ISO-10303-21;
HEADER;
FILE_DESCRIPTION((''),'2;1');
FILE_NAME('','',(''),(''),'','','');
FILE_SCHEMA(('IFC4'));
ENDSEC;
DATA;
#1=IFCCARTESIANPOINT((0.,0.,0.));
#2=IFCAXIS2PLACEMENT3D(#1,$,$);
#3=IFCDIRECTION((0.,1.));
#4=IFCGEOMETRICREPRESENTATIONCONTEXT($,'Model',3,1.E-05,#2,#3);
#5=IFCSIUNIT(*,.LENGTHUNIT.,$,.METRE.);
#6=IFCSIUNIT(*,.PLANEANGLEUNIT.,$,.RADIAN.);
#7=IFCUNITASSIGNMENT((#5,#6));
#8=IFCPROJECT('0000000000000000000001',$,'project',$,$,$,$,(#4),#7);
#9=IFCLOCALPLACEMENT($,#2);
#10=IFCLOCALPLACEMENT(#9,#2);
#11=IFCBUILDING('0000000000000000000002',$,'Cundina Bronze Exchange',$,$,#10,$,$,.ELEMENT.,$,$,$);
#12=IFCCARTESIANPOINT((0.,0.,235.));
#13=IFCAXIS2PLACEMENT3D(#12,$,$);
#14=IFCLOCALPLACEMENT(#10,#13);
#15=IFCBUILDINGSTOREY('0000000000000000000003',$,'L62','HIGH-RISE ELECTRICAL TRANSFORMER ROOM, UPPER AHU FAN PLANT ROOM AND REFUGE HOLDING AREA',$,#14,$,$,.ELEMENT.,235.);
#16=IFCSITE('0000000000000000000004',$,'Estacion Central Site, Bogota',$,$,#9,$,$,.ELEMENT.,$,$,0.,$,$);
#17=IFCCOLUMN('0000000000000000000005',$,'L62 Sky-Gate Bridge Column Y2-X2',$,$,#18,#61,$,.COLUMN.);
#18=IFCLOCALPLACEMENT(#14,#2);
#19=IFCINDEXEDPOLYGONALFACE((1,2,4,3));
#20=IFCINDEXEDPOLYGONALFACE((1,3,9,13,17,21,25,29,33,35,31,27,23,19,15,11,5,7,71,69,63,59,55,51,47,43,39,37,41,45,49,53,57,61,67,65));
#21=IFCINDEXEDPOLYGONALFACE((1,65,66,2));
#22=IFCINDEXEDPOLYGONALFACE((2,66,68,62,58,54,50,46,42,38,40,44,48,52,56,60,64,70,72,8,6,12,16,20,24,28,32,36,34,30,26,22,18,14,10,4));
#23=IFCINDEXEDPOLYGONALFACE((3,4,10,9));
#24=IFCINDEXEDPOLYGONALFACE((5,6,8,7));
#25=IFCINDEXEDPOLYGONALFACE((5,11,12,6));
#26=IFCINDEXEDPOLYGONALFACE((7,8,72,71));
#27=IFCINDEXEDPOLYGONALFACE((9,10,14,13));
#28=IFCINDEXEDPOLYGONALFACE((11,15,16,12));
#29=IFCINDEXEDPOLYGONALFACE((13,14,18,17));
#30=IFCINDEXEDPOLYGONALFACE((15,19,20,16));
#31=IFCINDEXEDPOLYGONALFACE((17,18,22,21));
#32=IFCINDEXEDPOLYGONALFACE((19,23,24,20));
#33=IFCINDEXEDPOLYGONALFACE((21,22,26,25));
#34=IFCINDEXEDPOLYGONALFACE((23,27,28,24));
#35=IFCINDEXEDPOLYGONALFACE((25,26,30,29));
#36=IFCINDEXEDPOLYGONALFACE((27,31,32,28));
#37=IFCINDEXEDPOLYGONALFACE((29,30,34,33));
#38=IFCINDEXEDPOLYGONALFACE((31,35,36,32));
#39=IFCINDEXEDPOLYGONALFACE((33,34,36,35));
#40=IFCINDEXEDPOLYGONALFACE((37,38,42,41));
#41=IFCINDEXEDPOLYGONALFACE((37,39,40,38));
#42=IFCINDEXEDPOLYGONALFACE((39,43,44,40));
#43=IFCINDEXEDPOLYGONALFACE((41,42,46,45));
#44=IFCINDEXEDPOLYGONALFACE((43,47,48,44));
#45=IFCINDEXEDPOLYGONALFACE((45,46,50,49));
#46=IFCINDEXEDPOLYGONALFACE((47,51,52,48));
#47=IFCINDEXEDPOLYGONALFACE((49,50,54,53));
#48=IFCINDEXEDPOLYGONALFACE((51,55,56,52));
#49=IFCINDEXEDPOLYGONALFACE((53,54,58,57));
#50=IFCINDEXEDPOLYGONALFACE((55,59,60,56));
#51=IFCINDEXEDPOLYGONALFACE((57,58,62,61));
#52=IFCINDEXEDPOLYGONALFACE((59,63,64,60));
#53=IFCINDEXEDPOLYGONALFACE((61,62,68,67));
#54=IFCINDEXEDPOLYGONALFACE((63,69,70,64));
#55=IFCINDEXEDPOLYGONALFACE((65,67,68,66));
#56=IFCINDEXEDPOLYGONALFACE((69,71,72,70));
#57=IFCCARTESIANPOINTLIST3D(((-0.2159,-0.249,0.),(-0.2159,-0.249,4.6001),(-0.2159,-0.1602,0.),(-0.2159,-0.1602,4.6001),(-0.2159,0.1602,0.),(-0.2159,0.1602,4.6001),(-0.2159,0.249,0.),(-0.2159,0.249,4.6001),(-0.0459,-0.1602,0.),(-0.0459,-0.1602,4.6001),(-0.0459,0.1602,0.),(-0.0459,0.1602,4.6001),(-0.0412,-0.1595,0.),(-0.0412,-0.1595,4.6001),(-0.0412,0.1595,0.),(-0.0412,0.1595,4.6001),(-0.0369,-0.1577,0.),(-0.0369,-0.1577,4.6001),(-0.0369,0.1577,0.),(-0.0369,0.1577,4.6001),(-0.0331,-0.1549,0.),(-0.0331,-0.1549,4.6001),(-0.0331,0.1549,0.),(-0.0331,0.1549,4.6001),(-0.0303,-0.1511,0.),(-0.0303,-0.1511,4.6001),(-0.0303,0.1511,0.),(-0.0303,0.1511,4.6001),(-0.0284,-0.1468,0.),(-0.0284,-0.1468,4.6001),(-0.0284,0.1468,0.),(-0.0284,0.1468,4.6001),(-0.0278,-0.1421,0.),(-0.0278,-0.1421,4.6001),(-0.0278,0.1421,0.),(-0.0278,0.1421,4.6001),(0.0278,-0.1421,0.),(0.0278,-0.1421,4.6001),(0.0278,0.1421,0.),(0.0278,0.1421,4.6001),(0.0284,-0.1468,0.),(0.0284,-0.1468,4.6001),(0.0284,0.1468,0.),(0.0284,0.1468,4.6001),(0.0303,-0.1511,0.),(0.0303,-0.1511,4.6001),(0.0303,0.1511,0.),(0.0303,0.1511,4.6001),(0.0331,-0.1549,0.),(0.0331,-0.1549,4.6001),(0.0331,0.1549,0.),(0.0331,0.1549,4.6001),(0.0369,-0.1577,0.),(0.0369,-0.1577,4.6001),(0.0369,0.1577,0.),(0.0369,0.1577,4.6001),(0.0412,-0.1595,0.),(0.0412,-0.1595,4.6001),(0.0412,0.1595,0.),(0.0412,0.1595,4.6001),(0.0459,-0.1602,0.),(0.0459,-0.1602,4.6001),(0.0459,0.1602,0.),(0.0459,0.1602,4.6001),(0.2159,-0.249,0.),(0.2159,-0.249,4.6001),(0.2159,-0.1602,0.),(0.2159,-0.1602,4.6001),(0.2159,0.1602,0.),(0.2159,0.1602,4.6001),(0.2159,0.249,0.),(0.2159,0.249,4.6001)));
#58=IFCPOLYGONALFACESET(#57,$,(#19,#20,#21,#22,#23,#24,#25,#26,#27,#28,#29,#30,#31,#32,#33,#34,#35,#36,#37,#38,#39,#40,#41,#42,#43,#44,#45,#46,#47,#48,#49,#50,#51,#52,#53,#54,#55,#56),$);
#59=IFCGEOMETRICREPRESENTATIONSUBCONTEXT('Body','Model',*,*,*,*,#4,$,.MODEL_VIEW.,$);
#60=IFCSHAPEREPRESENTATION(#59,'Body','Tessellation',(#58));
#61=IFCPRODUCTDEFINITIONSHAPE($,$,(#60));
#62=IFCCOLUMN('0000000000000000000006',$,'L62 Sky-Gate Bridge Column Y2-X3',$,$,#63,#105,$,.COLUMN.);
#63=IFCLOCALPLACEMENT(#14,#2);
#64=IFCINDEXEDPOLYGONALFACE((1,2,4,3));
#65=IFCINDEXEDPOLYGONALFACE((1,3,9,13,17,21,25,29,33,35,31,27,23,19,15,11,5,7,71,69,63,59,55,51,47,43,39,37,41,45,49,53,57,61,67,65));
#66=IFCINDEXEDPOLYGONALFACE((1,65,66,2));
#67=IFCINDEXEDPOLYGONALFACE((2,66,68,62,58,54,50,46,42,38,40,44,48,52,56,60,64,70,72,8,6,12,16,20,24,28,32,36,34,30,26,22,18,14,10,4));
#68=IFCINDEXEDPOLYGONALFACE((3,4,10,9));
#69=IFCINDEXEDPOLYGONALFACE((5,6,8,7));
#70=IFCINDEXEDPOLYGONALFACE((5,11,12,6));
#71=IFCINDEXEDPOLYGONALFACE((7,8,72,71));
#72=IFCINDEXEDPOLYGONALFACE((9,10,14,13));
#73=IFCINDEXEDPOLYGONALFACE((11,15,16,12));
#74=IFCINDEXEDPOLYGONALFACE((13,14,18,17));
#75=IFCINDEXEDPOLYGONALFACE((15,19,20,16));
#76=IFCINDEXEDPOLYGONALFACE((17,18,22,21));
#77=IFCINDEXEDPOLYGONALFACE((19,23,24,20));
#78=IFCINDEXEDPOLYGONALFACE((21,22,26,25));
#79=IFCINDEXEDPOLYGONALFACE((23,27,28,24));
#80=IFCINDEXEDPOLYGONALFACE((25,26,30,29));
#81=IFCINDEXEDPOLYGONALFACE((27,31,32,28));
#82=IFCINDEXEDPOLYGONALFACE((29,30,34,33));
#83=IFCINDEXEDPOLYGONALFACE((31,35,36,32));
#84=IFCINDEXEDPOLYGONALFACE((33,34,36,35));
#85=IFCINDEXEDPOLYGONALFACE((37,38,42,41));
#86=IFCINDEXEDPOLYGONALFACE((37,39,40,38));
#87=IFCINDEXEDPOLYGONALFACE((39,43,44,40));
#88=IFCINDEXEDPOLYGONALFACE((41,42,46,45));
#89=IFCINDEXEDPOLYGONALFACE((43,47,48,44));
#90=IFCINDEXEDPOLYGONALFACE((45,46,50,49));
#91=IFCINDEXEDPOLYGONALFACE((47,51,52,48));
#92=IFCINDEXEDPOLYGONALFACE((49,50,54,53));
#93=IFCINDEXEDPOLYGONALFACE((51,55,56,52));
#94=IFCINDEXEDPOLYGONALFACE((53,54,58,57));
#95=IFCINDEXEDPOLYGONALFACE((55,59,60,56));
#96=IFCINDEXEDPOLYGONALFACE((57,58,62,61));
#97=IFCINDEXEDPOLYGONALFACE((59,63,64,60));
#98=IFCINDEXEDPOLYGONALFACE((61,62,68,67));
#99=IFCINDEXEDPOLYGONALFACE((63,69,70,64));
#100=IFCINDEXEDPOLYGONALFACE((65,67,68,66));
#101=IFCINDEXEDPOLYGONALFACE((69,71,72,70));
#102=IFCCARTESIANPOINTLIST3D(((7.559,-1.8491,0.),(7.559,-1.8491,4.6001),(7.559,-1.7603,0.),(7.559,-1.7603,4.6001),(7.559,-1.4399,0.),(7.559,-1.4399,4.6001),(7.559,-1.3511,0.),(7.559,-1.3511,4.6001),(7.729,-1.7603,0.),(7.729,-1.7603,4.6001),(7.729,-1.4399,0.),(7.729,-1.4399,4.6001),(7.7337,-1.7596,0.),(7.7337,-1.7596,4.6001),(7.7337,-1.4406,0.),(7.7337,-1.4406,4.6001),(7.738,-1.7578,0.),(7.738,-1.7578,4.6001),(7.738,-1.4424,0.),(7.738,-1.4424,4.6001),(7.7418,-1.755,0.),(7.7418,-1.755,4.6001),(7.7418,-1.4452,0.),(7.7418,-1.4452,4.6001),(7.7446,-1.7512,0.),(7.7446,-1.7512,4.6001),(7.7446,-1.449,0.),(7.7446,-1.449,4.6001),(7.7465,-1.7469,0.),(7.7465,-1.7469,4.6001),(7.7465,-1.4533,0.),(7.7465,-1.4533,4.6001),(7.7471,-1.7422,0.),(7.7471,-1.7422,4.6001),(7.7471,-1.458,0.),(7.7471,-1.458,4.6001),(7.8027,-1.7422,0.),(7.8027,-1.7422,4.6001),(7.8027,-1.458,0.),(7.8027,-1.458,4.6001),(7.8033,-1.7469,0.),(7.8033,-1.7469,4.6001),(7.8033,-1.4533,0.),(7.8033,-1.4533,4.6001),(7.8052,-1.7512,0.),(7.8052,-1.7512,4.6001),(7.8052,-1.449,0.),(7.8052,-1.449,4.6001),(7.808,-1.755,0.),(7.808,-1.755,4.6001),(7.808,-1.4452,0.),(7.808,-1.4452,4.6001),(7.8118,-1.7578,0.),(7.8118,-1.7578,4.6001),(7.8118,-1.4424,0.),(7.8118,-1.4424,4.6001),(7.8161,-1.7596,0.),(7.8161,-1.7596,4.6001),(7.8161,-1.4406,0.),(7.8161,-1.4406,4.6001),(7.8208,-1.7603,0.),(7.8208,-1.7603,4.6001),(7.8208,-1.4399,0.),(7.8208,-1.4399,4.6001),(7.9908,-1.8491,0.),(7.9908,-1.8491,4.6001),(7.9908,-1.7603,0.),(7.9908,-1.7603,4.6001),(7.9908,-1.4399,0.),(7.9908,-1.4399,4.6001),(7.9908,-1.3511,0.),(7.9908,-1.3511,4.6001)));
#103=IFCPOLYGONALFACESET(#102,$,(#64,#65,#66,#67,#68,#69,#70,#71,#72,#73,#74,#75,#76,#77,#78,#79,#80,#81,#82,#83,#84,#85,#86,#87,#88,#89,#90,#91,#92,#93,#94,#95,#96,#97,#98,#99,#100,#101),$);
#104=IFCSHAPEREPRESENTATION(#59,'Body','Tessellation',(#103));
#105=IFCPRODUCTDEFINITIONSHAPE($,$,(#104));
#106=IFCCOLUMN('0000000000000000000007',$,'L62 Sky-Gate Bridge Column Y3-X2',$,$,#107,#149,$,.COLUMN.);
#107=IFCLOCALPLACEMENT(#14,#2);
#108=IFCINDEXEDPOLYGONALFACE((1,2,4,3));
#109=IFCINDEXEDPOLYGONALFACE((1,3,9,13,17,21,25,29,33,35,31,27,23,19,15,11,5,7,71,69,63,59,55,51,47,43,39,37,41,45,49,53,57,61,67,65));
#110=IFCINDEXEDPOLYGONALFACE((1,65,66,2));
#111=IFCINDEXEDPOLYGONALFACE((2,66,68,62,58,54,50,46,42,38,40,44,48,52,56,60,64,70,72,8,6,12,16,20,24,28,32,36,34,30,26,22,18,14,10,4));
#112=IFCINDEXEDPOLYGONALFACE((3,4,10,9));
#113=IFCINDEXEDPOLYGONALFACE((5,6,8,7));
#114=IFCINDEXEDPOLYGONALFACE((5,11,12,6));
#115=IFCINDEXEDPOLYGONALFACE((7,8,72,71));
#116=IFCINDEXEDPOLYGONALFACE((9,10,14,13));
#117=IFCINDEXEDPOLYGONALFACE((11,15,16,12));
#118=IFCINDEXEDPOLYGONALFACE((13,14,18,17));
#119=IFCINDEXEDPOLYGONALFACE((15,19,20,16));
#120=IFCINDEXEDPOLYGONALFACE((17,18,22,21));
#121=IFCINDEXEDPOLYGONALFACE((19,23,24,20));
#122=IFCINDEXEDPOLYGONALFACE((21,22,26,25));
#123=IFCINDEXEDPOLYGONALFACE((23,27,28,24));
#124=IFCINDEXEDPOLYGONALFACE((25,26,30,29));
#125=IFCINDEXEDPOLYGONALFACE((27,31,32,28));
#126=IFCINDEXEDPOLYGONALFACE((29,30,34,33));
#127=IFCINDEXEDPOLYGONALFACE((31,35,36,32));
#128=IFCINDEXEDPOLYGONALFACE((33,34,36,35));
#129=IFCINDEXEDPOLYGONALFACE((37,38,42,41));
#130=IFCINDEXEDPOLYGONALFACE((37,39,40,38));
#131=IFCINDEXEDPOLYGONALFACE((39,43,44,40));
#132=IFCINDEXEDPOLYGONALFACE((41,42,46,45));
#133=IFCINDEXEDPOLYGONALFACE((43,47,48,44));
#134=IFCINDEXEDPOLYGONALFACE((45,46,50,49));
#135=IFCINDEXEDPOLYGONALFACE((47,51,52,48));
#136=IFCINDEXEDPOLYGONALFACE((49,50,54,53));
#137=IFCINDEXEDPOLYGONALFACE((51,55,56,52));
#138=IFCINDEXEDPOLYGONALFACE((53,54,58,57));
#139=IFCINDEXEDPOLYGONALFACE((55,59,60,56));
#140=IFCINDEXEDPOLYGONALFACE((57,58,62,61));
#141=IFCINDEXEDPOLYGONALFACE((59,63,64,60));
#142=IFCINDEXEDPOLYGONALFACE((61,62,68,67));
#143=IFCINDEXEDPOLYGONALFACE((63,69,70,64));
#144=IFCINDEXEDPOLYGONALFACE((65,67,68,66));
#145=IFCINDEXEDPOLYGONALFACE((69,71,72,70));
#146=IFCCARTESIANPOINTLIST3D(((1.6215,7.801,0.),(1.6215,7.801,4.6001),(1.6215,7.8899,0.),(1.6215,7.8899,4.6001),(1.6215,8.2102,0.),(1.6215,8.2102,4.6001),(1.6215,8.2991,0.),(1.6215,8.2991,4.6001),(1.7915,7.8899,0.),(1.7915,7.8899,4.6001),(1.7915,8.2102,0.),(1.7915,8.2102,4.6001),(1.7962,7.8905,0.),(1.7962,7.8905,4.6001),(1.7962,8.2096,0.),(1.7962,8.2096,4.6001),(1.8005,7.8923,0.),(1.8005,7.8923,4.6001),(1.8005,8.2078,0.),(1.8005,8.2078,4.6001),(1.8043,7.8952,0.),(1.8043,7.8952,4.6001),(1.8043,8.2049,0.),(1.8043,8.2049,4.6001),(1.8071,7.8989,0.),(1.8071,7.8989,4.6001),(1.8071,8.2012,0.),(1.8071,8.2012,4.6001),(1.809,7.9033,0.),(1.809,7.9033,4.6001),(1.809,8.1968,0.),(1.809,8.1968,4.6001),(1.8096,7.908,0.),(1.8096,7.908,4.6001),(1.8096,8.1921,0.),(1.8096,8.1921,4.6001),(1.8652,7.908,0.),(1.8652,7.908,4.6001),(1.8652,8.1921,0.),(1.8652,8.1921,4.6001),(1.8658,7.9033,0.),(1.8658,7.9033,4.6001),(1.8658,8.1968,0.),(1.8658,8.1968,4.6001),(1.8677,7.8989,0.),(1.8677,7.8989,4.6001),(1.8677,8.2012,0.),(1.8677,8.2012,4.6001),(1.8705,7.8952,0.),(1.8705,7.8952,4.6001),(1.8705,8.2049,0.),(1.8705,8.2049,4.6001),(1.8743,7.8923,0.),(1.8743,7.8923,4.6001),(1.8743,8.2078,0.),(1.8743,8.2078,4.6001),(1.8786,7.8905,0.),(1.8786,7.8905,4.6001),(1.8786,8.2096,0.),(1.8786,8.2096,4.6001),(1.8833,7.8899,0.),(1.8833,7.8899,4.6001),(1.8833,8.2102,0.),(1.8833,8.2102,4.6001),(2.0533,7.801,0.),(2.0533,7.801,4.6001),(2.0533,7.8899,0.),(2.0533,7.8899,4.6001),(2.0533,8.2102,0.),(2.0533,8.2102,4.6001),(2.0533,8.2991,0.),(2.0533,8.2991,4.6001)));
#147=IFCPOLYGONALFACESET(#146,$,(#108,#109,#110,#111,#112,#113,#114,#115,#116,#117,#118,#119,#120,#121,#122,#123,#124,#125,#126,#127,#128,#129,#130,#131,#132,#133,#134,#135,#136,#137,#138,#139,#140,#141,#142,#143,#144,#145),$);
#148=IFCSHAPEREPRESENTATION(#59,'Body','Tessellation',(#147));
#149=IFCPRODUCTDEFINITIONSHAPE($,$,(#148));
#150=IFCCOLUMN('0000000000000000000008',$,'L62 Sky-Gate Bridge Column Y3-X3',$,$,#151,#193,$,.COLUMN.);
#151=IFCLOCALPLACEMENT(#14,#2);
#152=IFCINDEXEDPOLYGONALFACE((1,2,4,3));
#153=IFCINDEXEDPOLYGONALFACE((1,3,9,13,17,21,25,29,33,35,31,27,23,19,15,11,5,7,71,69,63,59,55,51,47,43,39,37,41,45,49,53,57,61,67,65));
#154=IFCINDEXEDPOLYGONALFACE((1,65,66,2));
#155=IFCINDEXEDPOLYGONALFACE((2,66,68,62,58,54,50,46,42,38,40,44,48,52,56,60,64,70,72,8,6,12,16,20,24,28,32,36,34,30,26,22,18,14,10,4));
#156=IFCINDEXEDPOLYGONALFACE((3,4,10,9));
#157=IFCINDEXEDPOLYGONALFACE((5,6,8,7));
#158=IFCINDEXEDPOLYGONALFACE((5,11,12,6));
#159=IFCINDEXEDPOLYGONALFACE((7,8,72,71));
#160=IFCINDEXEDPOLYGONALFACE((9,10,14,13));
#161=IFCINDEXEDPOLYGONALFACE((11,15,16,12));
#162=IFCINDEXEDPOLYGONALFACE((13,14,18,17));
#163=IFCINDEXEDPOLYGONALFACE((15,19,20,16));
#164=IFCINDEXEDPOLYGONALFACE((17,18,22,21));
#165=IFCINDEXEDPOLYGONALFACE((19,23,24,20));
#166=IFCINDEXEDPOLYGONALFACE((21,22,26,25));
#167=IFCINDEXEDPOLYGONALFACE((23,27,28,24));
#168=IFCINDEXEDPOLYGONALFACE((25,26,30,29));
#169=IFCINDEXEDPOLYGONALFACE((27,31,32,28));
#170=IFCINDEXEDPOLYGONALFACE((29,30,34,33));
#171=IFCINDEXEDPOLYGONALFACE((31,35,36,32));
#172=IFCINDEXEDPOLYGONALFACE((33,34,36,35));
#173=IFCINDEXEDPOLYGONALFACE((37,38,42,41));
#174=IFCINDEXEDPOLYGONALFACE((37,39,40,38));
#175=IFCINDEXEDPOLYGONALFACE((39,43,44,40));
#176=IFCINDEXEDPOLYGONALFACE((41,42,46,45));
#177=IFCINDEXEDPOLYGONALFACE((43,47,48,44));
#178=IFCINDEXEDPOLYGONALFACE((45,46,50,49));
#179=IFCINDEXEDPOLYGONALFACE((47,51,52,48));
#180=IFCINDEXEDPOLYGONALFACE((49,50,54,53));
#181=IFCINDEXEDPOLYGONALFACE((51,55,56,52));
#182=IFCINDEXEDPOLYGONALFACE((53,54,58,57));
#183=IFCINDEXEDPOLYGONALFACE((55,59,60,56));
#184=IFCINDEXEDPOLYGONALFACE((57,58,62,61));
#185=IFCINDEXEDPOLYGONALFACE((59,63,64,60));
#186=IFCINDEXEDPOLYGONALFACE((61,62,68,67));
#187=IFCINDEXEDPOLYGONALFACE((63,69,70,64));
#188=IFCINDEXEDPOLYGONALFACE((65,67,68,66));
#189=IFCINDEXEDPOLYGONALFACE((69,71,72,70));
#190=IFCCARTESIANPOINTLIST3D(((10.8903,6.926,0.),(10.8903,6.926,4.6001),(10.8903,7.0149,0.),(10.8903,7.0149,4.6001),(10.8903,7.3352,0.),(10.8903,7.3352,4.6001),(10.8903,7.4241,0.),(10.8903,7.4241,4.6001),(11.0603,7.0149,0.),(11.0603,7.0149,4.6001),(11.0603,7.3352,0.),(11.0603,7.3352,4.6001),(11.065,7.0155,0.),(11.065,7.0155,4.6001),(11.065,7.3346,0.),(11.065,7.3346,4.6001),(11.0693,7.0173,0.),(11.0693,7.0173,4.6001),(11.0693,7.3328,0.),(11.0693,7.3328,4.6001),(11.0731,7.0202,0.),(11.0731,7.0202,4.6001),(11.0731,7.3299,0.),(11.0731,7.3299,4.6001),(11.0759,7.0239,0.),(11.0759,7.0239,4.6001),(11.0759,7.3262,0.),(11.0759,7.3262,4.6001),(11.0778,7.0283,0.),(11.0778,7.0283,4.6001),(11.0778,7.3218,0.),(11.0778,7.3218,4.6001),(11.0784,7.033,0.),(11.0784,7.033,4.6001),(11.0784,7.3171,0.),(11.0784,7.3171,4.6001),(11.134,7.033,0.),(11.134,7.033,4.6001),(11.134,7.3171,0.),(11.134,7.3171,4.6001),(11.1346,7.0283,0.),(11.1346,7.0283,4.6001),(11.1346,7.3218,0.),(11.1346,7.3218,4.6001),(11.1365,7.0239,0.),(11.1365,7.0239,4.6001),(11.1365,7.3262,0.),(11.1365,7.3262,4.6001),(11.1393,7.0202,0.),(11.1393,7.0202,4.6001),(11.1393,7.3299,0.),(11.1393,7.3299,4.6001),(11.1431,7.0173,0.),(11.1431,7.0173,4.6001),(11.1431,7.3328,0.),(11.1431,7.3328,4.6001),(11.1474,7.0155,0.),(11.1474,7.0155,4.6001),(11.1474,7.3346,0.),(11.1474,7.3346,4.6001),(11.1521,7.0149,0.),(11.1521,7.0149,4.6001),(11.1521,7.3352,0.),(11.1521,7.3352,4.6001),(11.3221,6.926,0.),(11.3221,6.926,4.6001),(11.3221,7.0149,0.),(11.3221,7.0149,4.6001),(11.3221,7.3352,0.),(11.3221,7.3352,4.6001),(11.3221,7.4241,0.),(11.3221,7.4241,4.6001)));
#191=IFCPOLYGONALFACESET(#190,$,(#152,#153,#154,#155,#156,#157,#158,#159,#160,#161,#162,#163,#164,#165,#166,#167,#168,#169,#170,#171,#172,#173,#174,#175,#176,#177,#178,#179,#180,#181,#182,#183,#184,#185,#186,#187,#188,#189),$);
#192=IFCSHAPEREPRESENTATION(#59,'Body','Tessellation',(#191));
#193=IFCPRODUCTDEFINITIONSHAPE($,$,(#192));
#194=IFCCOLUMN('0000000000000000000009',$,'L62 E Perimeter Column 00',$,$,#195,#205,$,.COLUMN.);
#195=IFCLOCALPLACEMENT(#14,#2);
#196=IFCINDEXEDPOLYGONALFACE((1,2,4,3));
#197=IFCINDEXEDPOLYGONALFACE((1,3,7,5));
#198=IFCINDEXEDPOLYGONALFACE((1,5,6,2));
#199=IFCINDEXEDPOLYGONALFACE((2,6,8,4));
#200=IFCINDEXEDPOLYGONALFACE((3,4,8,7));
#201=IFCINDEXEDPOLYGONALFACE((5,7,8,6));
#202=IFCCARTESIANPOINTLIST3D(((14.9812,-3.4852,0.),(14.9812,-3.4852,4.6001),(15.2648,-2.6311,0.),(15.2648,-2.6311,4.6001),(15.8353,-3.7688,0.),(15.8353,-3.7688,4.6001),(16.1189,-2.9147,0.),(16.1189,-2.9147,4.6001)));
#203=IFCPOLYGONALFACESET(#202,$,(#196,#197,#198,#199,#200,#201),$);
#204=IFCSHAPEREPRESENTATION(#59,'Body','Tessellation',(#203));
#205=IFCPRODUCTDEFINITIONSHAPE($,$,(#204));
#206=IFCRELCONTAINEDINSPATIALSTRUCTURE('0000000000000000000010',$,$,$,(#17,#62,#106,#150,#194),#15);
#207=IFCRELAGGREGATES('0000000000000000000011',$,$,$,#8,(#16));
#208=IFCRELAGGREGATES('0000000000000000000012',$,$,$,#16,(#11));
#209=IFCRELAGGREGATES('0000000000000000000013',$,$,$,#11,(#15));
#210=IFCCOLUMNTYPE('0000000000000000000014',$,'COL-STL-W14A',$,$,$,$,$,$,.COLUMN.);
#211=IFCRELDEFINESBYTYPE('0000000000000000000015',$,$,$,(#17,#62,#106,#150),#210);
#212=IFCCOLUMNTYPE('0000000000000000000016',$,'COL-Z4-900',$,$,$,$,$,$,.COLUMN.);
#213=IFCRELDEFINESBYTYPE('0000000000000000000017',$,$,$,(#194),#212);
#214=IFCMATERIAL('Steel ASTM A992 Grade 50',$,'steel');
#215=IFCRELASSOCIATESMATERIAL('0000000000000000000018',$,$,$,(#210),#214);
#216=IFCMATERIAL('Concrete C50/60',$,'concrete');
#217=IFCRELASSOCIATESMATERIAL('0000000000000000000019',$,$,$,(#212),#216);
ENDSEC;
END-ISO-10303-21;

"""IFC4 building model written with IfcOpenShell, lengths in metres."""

from ifc_helpers import new_model, si_unit, direction, frame, origin, origin_2d, place, context, subcontext, project, spatial, rectangle, i_section, extrude, material, material_profile, profile_set, type_object, element, save


model = new_model("IFC4")

# Units and contexts
model_context = context("Model", 3, precision=1e-05, world=origin(), true_north=direction((0.0, 1.0)))
body_context = subcontext(model_context, "Body", "Model", "MODEL_VIEW")
ifc_project = project(units=[si_unit("LENGTHUNIT", "METRE"), si_unit("PLANEANGLEUNIT", "RADIAN")], contexts=[model_context])

# Site, building, storey
site_placement = place(None, origin())
site = spatial("IfcSite", under=ifc_project, at=site_placement, Name="Estacion Central Site, Bogota", CompositionType="ELEMENT", RefElevation=0.0)
building_placement = place(site_placement, origin())
building = spatial("IfcBuilding", under=site, at=building_placement, Name="Cundina Bronze Exchange", CompositionType="ELEMENT")
storey_placement = place(building_placement, frame((0.0, 0.0, 235.0)))
storey = spatial("IfcBuildingStorey", under=building, at=storey_placement, Name="L62", Description="HIGH-RISE ELECTRICAL TRANSFORMER ROOM, UPPER AHU FAN PLANT ROOM AND REFUGE HOLDING AREA", CompositionType="ELEMENT", Elevation=235.0)

# Columns
ifc_material_1 = material(Name="Steel ASTM A992 Grade 50", Category="steel")
ifc_material_profile_1 = material_profile(ifc_material_1, i_section(OverallWidth=0.4319, OverallDepth=0.498, WebThickness=0.0557, FlangeThickness=0.0889, FilletRadius=0.0181, at=origin_2d()), Name="W14X500", Category="steel")
ifc_profile_set_1 = profile_set([ifc_material_profile_1], Name="Steel ASTM A992 Grade 50")
column_type_1 = type_object("IfcColumnType", Name="COL-STL-W14A", PredefinedType="COLUMN", material=ifc_profile_set_1)
for number, where, z_axis, x_axis, name in (
    (1, (0.0, 0.0, 0.0), (0.0, 0.0, 1.0), (1.0, 0.0, 0.0), "L62 Sky-Gate Bridge Column Y2-X2"),
    (2, (7.7749, -1.6001, 0.0), (0.0, 0.0, 1.0), (1.0, 0.0, 0.0), "L62 Sky-Gate Bridge Column Y2-X3"),
    (3, (1.8374, 8.05, 0.0), (0.0, 0.0, 1.0), (1.0, 0.0, 0.0), "L62 Sky-Gate Bridge Column Y3-X2"),
    (4, (11.1062, 7.175, 0.0), (0.0, 0.0, 1.0), (1.0, 0.0, 0.0), "L62 Sky-Gate Bridge Column Y3-X3"),
):
    element("IfcColumn", number, at=place(storey_placement, frame(where, z_axis=z_axis, x_axis=x_axis)), inside=storey, type_object=column_type_1, Name=name, PredefinedType="COLUMN", context=body_context, shape_type="SweptSolid", body=[
        extrude(i_section(OverallWidth=0.4319, OverallDepth=0.498, WebThickness=0.0557, FlangeThickness=0.0889, FilletRadius=0.0181, at=origin_2d()), origin(), (0.0, 0.0, 1.0), 4.6001),
    ])
ifc_material_2 = material(Name="Concrete C50/60", Category="concrete")
ifc_material_profile_2 = material_profile(ifc_material_2, rectangle(XDim=0.8999, YDim=0.8999, at=origin_2d()), Name="RC900X900", Category="concrete")
ifc_profile_set_2 = profile_set([ifc_material_profile_2], Name="Concrete C50/60")
column_type_2 = type_object("IfcColumnType", Name="COL-Z4-900", PredefinedType="COLUMN", material=ifc_profile_set_2)
for number, where, z_axis, x_axis, name in (
    (5, (15.55, -3.2, 0.0), (0.0, 0.0, 1.0), (-0.315152, -0.949041, 0.0), "L62 E Perimeter Column 00"),
):
    element("IfcColumn", number, at=place(storey_placement, frame(where, z_axis=z_axis, x_axis=x_axis)), inside=storey, type_object=column_type_2, Name=name, PredefinedType="COLUMN", context=body_context, shape_type="SweptSolid", body=[
        extrude(rectangle(XDim=0.8999, YDim=0.8999, at=origin_2d()), origin(), (0.0, 0.0, 1.0), 4.6001),
    ])

save(model, "model.ifc")
